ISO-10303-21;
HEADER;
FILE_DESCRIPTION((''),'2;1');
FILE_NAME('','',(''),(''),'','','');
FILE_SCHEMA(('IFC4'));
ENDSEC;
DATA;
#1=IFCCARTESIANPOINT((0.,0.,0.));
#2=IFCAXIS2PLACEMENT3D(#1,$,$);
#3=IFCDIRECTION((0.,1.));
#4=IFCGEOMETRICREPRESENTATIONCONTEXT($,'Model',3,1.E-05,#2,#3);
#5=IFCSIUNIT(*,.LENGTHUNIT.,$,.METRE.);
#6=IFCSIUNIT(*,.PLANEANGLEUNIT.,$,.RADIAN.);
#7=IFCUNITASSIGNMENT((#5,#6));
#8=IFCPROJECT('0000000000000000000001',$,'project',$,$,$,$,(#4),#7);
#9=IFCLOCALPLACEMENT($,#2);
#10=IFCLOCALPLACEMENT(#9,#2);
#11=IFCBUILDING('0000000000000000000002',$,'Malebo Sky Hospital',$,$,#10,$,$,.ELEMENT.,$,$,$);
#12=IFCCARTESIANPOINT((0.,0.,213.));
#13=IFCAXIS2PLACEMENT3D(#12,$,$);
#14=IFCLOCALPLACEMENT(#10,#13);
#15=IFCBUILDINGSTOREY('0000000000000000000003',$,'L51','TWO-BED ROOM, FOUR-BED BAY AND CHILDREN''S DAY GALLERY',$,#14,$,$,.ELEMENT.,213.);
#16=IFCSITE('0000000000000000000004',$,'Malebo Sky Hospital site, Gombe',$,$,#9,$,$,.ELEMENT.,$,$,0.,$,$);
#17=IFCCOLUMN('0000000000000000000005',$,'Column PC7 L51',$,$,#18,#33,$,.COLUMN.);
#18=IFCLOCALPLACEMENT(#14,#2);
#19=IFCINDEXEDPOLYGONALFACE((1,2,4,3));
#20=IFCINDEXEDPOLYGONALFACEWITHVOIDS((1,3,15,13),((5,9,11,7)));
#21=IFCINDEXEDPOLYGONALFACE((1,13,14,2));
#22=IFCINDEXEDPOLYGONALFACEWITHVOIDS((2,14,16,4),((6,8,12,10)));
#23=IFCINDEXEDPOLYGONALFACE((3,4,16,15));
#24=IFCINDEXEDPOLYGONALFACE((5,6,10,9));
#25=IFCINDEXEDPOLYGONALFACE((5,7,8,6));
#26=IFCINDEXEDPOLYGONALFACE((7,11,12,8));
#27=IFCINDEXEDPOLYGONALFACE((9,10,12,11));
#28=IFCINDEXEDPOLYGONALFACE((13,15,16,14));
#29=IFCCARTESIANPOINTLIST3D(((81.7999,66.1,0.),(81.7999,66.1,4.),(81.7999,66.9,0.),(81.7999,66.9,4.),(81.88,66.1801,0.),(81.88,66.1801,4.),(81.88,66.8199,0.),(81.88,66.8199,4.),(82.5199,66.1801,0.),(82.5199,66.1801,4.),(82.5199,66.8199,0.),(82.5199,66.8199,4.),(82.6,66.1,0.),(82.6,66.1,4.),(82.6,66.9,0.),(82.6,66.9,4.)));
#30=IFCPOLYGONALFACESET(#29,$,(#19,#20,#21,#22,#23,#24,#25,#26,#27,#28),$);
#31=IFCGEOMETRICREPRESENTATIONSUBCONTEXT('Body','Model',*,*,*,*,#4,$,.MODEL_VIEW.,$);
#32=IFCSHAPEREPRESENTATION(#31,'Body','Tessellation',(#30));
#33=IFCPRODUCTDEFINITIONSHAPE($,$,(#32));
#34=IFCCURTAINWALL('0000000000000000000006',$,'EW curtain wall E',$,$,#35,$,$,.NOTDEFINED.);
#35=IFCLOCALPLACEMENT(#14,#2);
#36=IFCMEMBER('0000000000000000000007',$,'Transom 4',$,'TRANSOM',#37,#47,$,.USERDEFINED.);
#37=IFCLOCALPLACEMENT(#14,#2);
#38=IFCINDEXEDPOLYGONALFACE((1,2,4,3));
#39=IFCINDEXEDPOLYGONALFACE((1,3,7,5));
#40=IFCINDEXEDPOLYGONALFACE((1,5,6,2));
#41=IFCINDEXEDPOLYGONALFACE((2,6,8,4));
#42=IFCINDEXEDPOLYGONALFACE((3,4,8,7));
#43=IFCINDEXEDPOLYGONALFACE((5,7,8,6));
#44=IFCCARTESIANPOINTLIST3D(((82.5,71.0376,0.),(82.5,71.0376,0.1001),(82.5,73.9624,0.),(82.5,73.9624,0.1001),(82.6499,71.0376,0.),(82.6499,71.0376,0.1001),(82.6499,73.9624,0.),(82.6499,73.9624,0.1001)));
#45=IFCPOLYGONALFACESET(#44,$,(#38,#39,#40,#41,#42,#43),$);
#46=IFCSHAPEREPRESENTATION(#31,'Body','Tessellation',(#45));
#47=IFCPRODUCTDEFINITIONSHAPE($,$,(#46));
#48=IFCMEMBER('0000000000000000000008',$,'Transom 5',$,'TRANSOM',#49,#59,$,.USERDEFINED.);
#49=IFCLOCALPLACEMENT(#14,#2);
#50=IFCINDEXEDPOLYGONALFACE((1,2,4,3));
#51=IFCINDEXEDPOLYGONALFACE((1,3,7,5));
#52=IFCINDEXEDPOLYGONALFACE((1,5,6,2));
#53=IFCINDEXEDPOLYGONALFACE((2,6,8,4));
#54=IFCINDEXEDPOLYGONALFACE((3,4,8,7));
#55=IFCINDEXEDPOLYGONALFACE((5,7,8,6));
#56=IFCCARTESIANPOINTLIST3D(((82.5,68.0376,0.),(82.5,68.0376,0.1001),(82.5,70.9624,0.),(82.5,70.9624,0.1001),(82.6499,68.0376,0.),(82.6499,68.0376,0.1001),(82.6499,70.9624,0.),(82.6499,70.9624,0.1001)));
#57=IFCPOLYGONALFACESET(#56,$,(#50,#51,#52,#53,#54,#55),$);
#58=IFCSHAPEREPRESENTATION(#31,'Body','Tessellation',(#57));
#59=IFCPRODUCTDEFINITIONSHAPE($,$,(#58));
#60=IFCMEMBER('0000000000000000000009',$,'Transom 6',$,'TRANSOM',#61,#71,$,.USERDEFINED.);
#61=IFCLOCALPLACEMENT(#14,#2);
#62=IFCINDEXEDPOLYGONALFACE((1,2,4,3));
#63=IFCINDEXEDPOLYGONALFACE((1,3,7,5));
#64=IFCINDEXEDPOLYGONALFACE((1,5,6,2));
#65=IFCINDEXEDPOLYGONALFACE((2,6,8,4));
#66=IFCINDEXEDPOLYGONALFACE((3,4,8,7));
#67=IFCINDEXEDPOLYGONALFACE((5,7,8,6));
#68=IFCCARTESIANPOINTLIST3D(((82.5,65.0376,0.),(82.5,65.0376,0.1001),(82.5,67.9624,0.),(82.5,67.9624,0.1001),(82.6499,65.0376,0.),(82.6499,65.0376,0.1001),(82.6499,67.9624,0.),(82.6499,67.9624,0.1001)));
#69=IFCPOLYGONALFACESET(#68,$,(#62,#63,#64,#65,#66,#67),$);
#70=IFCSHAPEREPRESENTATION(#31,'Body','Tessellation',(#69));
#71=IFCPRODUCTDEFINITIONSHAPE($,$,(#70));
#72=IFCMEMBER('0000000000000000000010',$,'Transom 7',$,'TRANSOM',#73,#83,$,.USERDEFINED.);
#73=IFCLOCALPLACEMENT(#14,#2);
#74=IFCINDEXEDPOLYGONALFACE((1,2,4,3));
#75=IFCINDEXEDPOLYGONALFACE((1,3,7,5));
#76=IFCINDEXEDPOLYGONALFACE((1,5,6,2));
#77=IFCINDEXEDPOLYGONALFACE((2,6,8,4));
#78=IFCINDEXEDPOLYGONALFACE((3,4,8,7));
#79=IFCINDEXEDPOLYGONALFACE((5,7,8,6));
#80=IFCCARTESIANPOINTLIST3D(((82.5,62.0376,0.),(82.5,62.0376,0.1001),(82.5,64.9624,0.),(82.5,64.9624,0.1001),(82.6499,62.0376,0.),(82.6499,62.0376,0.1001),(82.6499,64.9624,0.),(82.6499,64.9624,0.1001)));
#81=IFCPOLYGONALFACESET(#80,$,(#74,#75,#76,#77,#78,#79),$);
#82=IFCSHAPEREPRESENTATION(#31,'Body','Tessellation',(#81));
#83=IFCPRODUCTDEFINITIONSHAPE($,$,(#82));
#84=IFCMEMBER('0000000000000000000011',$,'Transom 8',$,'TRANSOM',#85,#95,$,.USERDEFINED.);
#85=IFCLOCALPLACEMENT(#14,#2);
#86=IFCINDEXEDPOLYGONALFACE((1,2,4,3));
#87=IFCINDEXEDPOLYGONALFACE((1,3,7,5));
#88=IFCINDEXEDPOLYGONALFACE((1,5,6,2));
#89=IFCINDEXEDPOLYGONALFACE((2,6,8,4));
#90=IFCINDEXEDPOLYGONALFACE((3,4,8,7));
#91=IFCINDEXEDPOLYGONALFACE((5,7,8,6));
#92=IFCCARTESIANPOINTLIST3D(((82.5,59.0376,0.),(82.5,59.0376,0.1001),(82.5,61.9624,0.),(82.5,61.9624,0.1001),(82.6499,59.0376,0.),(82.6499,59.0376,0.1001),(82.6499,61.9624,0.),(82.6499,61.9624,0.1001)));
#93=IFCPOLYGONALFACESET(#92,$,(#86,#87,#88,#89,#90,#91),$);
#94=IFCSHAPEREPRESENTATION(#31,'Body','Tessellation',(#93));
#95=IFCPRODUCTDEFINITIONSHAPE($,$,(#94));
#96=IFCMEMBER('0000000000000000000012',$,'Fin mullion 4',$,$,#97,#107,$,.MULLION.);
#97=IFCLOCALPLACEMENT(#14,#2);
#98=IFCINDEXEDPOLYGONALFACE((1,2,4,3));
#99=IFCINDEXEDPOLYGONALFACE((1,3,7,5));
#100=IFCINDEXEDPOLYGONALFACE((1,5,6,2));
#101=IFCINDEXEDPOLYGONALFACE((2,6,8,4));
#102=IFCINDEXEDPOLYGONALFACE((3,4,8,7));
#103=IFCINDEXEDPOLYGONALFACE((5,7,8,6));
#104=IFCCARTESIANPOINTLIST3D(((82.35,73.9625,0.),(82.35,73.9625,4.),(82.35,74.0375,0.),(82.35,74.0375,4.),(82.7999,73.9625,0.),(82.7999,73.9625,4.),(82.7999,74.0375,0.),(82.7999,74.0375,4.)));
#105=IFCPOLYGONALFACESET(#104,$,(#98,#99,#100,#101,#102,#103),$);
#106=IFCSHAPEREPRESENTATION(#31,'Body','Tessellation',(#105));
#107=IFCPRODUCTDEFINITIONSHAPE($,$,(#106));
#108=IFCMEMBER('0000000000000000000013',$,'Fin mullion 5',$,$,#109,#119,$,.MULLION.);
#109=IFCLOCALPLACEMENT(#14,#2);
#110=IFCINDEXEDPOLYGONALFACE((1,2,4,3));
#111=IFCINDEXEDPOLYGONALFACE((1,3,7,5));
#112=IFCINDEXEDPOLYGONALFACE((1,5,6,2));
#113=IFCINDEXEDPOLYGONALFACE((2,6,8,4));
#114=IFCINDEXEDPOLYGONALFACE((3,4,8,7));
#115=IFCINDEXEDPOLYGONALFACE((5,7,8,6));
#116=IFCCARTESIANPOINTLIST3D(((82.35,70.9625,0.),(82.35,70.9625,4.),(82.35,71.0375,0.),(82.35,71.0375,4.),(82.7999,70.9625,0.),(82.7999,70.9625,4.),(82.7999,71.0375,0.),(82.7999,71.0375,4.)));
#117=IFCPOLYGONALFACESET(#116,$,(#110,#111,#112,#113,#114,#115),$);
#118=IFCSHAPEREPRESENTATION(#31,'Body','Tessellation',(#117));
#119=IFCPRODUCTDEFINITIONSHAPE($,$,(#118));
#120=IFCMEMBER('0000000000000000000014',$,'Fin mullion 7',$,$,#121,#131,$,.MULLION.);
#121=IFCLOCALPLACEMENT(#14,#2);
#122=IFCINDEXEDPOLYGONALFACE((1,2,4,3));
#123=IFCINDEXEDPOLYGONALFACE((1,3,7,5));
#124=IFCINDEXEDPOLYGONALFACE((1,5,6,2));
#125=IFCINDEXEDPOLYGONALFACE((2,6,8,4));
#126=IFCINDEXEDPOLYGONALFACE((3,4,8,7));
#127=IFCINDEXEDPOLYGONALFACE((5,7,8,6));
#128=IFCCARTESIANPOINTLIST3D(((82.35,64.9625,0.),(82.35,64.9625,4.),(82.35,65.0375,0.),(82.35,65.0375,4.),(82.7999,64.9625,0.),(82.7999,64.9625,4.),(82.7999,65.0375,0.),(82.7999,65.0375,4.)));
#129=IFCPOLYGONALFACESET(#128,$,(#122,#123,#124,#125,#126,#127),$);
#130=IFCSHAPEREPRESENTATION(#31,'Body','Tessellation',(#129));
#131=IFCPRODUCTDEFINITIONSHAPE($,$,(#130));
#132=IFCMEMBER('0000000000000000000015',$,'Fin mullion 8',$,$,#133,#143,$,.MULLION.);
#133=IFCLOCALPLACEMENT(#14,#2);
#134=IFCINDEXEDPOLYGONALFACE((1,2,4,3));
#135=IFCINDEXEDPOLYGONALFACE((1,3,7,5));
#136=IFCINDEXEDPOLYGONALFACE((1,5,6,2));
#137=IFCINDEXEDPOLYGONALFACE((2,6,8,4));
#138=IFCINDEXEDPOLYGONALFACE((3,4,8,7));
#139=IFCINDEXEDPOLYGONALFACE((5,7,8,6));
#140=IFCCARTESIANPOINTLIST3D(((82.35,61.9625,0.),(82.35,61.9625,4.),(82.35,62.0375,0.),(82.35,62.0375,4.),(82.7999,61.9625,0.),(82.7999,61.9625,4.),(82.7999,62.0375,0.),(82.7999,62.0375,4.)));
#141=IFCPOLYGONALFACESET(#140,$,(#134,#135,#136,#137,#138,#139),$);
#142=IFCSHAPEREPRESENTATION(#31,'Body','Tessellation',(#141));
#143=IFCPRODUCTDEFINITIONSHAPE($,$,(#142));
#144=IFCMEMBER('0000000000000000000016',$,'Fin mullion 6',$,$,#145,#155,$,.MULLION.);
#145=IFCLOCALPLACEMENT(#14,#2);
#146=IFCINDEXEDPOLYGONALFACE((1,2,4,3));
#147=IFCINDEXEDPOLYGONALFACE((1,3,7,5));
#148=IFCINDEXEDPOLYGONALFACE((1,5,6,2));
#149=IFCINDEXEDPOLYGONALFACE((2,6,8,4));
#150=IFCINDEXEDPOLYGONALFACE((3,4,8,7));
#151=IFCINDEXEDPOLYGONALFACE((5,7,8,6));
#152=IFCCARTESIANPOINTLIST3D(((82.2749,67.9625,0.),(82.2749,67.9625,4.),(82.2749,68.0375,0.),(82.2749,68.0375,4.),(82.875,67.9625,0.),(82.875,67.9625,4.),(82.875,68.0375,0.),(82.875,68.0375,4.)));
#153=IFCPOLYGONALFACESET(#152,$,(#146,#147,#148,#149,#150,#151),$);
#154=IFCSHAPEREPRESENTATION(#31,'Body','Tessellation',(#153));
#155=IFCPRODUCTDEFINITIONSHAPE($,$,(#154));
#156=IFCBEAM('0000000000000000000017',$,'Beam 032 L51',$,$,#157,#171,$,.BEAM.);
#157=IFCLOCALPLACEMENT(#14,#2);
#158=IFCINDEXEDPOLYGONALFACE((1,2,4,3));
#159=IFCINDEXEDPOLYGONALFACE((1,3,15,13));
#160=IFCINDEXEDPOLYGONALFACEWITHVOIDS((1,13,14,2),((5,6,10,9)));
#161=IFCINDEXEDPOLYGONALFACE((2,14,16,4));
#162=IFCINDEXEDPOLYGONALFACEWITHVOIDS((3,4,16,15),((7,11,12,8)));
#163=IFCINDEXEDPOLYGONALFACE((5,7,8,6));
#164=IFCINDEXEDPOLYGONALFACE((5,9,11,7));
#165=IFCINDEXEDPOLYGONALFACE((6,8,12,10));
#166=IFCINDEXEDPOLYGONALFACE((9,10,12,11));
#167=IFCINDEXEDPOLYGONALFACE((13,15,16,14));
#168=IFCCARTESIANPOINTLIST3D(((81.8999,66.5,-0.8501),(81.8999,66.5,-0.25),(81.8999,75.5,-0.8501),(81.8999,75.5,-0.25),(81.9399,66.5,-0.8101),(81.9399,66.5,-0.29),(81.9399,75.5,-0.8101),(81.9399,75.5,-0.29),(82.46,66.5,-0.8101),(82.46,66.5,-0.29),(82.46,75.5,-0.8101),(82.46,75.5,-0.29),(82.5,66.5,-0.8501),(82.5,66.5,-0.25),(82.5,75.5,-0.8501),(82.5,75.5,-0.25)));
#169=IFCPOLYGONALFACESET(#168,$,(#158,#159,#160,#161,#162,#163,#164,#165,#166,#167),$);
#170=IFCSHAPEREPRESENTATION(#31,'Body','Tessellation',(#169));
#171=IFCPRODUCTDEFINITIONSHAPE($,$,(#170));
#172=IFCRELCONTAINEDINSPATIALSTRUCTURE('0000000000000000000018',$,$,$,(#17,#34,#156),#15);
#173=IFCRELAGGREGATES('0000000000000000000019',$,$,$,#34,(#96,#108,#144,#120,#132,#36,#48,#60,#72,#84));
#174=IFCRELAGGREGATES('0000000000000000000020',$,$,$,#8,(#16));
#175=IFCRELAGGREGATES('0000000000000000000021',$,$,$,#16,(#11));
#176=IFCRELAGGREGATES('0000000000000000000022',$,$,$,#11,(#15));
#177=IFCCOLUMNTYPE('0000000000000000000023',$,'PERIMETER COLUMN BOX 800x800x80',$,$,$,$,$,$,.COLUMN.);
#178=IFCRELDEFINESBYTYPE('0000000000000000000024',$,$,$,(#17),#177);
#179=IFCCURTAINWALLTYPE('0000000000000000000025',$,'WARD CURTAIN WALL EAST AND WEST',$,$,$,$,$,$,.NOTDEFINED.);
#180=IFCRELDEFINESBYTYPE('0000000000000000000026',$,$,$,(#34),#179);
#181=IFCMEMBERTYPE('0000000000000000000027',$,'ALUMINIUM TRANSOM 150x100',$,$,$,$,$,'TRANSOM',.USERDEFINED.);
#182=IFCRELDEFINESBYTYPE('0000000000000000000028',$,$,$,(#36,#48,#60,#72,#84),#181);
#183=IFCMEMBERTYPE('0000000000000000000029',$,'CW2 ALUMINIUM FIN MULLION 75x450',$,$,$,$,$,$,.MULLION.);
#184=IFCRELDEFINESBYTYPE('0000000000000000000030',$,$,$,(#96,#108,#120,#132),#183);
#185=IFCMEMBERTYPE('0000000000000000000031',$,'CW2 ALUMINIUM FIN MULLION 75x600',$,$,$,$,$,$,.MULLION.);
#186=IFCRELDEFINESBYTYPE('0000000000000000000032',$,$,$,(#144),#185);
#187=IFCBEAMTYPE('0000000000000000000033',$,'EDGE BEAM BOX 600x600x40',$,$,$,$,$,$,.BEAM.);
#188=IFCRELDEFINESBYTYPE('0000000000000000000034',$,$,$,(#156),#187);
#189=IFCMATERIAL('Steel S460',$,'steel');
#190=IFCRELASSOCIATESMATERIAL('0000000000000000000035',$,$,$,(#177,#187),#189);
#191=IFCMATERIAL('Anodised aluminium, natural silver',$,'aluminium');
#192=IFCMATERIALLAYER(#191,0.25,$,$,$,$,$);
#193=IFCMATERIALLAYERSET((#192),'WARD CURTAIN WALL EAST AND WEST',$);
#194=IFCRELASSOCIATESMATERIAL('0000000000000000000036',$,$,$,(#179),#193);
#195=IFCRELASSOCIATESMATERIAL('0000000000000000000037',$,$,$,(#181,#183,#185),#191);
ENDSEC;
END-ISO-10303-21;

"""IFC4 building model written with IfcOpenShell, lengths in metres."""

from ifc_helpers import new_model, si_unit, direction, frame, origin, origin_2d, place, context, subcontext, project, spatial, rectangle, hollow_rectangle, extrude, material, layer, layer_set, material_profile, profile_set, type_object, element, aggregate, save


model = new_model("IFC4")

# Units and contexts
model_context = context("Model", 3, precision=1e-05, world=origin(), true_north=direction((0.0, 1.0)))
body_context = subcontext(model_context, "Body", "Model", "MODEL_VIEW")
ifc_project = project(units=[si_unit("LENGTHUNIT", "METRE"), si_unit("PLANEANGLEUNIT", "RADIAN")], contexts=[model_context])

# Site, building, storey
site_placement = place(None, origin())
site = spatial("IfcSite", under=ifc_project, at=site_placement, Name="Malebo Sky Hospital site, Gombe", CompositionType="ELEMENT", RefElevation=0.0)
building_placement = place(site_placement, origin())
building = spatial("IfcBuilding", under=site, at=building_placement, Name="Malebo Sky Hospital", CompositionType="ELEMENT")
storey_placement = place(building_placement, frame((0.0, 0.0, 213.0)))
storey = spatial("IfcBuildingStorey", under=building, at=storey_placement, Name="L51", Description="TWO-BED ROOM, FOUR-BED BAY AND CHILDREN'S DAY GALLERY", CompositionType="ELEMENT", Elevation=213.0)

# Column
ifc_material_1 = material(Name="Steel S460", Category="steel")
ifc_material_profile_1 = material_profile(ifc_material_1, hollow_rectangle(XDim=0.8, YDim=0.8, WallThickness=0.0801, at=origin_2d()), Name="BOX 800x800x80")
ifc_profile_set_1 = profile_set([ifc_material_profile_1], Name="Steel S460")
column_type = type_object("IfcColumnType", Name="PERIMETER COLUMN BOX 800x800x80", PredefinedType="COLUMN", material=ifc_profile_set_1)
column_placement = place(storey_placement, frame((82.2, 66.5, 0.0), z_axis=(0.0, 0.0, 1.0), x_axis=(1.0, 0.0, 0.0)))
element("IfcColumn", 1, at=column_placement, inside=storey, type_object=column_type, Name="Column PC7 L51", PredefinedType="COLUMN", context=body_context, shape_type="SweptSolid", body=[
    extrude(hollow_rectangle(XDim=0.8, YDim=0.8, WallThickness=0.0801, at=origin_2d()), origin(), (0.0, 0.0, 1.0), 4.0),
])

# Curtain wall, members
ifc_material_2 = material(Name="Anodised aluminium, natural silver", Category="aluminium")
ifc_layer_1 = layer(ifc_material_2, 0.25)
ifc_layer_set_1 = layer_set([ifc_layer_1], Name="WARD CURTAIN WALL EAST AND WEST")
curtain_wall_type = type_object("IfcCurtainWallType", Name="WARD CURTAIN WALL EAST AND WEST", PredefinedType="NOTDEFINED", material=ifc_layer_set_1)
curtain_wall_placement = place(storey_placement, origin())
curtain_wall = element("IfcCurtainWall", 2, at=curtain_wall_placement, inside=storey, type_object=curtain_wall_type, Name="EW curtain wall E", PredefinedType="NOTDEFINED")
ifc_material_profile_2 = material_profile(ifc_material_2, rectangle(XDim=0.1499, YDim=0.1001, at=origin_2d()), Name="ALUMINIUM TRANSOM 150x100")
ifc_profile_set_2 = profile_set([ifc_material_profile_2], Name="Anodised aluminium, natural silver")
member_type_1 = type_object("IfcMemberType", Name="ALUMINIUM TRANSOM 150x100", ElementType="TRANSOM", PredefinedType="USERDEFINED", material=ifc_profile_set_2)
member_1_placement = place(storey_placement, frame((82.575, 73.9624, 0.05), z_axis=(0.0, -1.0, 0.0), x_axis=(1.0, 0.0, 0.0)))
member_1 = element("IfcMember", 3, at=member_1_placement, type_object=member_type_1, Name="Transom 4", ObjectType="TRANSOM", PredefinedType="USERDEFINED", context=body_context, shape_type="SweptSolid", body=[
    extrude(rectangle(XDim=0.1499, YDim=0.1001, at=origin_2d()), origin(), (0.0, 0.0, 1.0), 2.9248),
])
member_2_placement = place(storey_placement, frame((82.575, 70.9624, 0.05), z_axis=(0.0, -1.0, 0.0), x_axis=(1.0, 0.0, 0.0)))
member_2 = element("IfcMember", 4, at=member_2_placement, type_object=member_type_1, Name="Transom 5", ObjectType="TRANSOM", PredefinedType="USERDEFINED", context=body_context, shape_type="SweptSolid", body=[
    extrude(rectangle(XDim=0.1499, YDim=0.1001, at=origin_2d()), origin(), (0.0, 0.0, 1.0), 2.9248),
])
member_3_placement = place(storey_placement, frame((82.575, 67.9624, 0.05), z_axis=(0.0, -1.0, 0.0), x_axis=(1.0, 0.0, 0.0)))
member_3 = element("IfcMember", 5, at=member_3_placement, type_object=member_type_1, Name="Transom 6", ObjectType="TRANSOM", PredefinedType="USERDEFINED", context=body_context, shape_type="SweptSolid", body=[
    extrude(rectangle(XDim=0.1499, YDim=0.1001, at=origin_2d()), origin(), (0.0, 0.0, 1.0), 2.9248),
])
member_4_placement = place(storey_placement, frame((82.575, 64.9624, 0.05), z_axis=(0.0, -1.0, 0.0), x_axis=(1.0, 0.0, 0.0)))
member_4 = element("IfcMember", 6, at=member_4_placement, type_object=member_type_1, Name="Transom 7", ObjectType="TRANSOM", PredefinedType="USERDEFINED", context=body_context, shape_type="SweptSolid", body=[
    extrude(rectangle(XDim=0.1499, YDim=0.1001, at=origin_2d()), origin(), (0.0, 0.0, 1.0), 2.9248),
])
member_5_placement = place(storey_placement, frame((82.575, 61.9624, 0.05), z_axis=(0.0, -1.0, 0.0), x_axis=(1.0, 0.0, 0.0)))
member_5 = element("IfcMember", 7, at=member_5_placement, type_object=member_type_1, Name="Transom 8", ObjectType="TRANSOM", PredefinedType="USERDEFINED", context=body_context, shape_type="SweptSolid", body=[
    extrude(rectangle(XDim=0.1499, YDim=0.1001, at=origin_2d()), origin(), (0.0, 0.0, 1.0), 2.9248),
])
ifc_material_profile_3 = material_profile(ifc_material_2, rectangle(XDim=0.075, YDim=0.45, at=origin_2d()), Name="CW2 ALUMINIUM FIN MULLION 75x450")
ifc_profile_set_3 = profile_set([ifc_material_profile_3], Name="Anodised aluminium, natural silver")
member_type_2 = type_object("IfcMemberType", Name="CW2 ALUMINIUM FIN MULLION 75x450", PredefinedType="MULLION", material=ifc_profile_set_3)
member_6_placement = place(storey_placement, frame((82.575, 74.0, 0.0), z_axis=(0.0, 0.0, 1.0), x_axis=(0.0, -1.0, 0.0)))
member_6 = element("IfcMember", 8, at=member_6_placement, type_object=member_type_2, Name="Fin mullion 4", PredefinedType="MULLION", context=body_context, shape_type="SweptSolid", body=[
    extrude(rectangle(XDim=0.075, YDim=0.45, at=origin_2d()), origin(), (0.0, 0.0, 1.0), 4.0),
])
member_7_placement = place(storey_placement, frame((82.575, 71.0, 0.0), z_axis=(0.0, 0.0, 1.0), x_axis=(0.0, -1.0, 0.0)))
member_7 = element("IfcMember", 9, at=member_7_placement, type_object=member_type_2, Name="Fin mullion 5", PredefinedType="MULLION", context=body_context, shape_type="SweptSolid", body=[
    extrude(rectangle(XDim=0.075, YDim=0.45, at=origin_2d()), origin(), (0.0, 0.0, 1.0), 4.0),
])
member_8_placement = place(storey_placement, frame((82.575, 65.0, 0.0), z_axis=(0.0, 0.0, 1.0), x_axis=(0.0, -1.0, 0.0)))
member_8 = element("IfcMember", 10, at=member_8_placement, type_object=member_type_2, Name="Fin mullion 7", PredefinedType="MULLION", context=body_context, shape_type="SweptSolid", body=[
    extrude(rectangle(XDim=0.075, YDim=0.45, at=origin_2d()), origin(), (0.0, 0.0, 1.0), 4.0),
])
member_9_placement = place(storey_placement, frame((82.575, 62.0, 0.0), z_axis=(0.0, 0.0, 1.0), x_axis=(0.0, -1.0, 0.0)))
member_9 = element("IfcMember", 11, at=member_9_placement, type_object=member_type_2, Name="Fin mullion 8", PredefinedType="MULLION", context=body_context, shape_type="SweptSolid", body=[
    extrude(rectangle(XDim=0.075, YDim=0.45, at=origin_2d()), origin(), (0.0, 0.0, 1.0), 4.0),
])
ifc_material_profile_4 = material_profile(ifc_material_2, rectangle(XDim=0.075, YDim=0.6001, at=origin_2d()), Name="CW2 ALUMINIUM FIN MULLION 75x600")
ifc_profile_set_4 = profile_set([ifc_material_profile_4], Name="Anodised aluminium, natural silver")
member_type_3 = type_object("IfcMemberType", Name="CW2 ALUMINIUM FIN MULLION 75x600", PredefinedType="MULLION", material=ifc_profile_set_4)
member_10_placement = place(storey_placement, frame((82.575, 68.0, 0.0), z_axis=(0.0, 0.0, 1.0), x_axis=(0.0, -1.0, 0.0)))
member_10 = element("IfcMember", 12, at=member_10_placement, type_object=member_type_3, Name="Fin mullion 6", PredefinedType="MULLION", context=body_context, shape_type="SweptSolid", body=[
    extrude(rectangle(XDim=0.075, YDim=0.6001, at=origin_2d()), origin(), (0.0, 0.0, 1.0), 4.0),
])

# Beam
ifc_material_profile_5 = material_profile(ifc_material_1, hollow_rectangle(XDim=0.6001, YDim=0.6001, WallThickness=0.04, at=origin_2d()), Name="BOX 600x600x40")
ifc_profile_set_5 = profile_set([ifc_material_profile_5], Name="Steel S460")
beam_type_1 = type_object("IfcBeamType", Name="EDGE BEAM BOX 600x600x40", PredefinedType="BEAM", material=ifc_profile_set_5)
beam_1_placement = place(storey_placement, frame((82.2, 66.5, -0.55), z_axis=(0.0, 1.0, 0.0), x_axis=(-1.0, 0.0, 0.0)))
element("IfcBeam", 13, at=beam_1_placement, inside=storey, type_object=beam_type_1, Name="Beam 032 L51", PredefinedType="BEAM", context=body_context, shape_type="SweptSolid", body=[
    extrude(hollow_rectangle(XDim=0.6001, YDim=0.6001, WallThickness=0.04, at=origin_2d()), origin(), (0.0, 0.0, 1.0), 9.0),
])

aggregate(curtain_wall, [member_6, member_7, member_10, member_8, member_9, member_1, member_2, member_3, member_4, member_5])

save(model, "model.ifc")
